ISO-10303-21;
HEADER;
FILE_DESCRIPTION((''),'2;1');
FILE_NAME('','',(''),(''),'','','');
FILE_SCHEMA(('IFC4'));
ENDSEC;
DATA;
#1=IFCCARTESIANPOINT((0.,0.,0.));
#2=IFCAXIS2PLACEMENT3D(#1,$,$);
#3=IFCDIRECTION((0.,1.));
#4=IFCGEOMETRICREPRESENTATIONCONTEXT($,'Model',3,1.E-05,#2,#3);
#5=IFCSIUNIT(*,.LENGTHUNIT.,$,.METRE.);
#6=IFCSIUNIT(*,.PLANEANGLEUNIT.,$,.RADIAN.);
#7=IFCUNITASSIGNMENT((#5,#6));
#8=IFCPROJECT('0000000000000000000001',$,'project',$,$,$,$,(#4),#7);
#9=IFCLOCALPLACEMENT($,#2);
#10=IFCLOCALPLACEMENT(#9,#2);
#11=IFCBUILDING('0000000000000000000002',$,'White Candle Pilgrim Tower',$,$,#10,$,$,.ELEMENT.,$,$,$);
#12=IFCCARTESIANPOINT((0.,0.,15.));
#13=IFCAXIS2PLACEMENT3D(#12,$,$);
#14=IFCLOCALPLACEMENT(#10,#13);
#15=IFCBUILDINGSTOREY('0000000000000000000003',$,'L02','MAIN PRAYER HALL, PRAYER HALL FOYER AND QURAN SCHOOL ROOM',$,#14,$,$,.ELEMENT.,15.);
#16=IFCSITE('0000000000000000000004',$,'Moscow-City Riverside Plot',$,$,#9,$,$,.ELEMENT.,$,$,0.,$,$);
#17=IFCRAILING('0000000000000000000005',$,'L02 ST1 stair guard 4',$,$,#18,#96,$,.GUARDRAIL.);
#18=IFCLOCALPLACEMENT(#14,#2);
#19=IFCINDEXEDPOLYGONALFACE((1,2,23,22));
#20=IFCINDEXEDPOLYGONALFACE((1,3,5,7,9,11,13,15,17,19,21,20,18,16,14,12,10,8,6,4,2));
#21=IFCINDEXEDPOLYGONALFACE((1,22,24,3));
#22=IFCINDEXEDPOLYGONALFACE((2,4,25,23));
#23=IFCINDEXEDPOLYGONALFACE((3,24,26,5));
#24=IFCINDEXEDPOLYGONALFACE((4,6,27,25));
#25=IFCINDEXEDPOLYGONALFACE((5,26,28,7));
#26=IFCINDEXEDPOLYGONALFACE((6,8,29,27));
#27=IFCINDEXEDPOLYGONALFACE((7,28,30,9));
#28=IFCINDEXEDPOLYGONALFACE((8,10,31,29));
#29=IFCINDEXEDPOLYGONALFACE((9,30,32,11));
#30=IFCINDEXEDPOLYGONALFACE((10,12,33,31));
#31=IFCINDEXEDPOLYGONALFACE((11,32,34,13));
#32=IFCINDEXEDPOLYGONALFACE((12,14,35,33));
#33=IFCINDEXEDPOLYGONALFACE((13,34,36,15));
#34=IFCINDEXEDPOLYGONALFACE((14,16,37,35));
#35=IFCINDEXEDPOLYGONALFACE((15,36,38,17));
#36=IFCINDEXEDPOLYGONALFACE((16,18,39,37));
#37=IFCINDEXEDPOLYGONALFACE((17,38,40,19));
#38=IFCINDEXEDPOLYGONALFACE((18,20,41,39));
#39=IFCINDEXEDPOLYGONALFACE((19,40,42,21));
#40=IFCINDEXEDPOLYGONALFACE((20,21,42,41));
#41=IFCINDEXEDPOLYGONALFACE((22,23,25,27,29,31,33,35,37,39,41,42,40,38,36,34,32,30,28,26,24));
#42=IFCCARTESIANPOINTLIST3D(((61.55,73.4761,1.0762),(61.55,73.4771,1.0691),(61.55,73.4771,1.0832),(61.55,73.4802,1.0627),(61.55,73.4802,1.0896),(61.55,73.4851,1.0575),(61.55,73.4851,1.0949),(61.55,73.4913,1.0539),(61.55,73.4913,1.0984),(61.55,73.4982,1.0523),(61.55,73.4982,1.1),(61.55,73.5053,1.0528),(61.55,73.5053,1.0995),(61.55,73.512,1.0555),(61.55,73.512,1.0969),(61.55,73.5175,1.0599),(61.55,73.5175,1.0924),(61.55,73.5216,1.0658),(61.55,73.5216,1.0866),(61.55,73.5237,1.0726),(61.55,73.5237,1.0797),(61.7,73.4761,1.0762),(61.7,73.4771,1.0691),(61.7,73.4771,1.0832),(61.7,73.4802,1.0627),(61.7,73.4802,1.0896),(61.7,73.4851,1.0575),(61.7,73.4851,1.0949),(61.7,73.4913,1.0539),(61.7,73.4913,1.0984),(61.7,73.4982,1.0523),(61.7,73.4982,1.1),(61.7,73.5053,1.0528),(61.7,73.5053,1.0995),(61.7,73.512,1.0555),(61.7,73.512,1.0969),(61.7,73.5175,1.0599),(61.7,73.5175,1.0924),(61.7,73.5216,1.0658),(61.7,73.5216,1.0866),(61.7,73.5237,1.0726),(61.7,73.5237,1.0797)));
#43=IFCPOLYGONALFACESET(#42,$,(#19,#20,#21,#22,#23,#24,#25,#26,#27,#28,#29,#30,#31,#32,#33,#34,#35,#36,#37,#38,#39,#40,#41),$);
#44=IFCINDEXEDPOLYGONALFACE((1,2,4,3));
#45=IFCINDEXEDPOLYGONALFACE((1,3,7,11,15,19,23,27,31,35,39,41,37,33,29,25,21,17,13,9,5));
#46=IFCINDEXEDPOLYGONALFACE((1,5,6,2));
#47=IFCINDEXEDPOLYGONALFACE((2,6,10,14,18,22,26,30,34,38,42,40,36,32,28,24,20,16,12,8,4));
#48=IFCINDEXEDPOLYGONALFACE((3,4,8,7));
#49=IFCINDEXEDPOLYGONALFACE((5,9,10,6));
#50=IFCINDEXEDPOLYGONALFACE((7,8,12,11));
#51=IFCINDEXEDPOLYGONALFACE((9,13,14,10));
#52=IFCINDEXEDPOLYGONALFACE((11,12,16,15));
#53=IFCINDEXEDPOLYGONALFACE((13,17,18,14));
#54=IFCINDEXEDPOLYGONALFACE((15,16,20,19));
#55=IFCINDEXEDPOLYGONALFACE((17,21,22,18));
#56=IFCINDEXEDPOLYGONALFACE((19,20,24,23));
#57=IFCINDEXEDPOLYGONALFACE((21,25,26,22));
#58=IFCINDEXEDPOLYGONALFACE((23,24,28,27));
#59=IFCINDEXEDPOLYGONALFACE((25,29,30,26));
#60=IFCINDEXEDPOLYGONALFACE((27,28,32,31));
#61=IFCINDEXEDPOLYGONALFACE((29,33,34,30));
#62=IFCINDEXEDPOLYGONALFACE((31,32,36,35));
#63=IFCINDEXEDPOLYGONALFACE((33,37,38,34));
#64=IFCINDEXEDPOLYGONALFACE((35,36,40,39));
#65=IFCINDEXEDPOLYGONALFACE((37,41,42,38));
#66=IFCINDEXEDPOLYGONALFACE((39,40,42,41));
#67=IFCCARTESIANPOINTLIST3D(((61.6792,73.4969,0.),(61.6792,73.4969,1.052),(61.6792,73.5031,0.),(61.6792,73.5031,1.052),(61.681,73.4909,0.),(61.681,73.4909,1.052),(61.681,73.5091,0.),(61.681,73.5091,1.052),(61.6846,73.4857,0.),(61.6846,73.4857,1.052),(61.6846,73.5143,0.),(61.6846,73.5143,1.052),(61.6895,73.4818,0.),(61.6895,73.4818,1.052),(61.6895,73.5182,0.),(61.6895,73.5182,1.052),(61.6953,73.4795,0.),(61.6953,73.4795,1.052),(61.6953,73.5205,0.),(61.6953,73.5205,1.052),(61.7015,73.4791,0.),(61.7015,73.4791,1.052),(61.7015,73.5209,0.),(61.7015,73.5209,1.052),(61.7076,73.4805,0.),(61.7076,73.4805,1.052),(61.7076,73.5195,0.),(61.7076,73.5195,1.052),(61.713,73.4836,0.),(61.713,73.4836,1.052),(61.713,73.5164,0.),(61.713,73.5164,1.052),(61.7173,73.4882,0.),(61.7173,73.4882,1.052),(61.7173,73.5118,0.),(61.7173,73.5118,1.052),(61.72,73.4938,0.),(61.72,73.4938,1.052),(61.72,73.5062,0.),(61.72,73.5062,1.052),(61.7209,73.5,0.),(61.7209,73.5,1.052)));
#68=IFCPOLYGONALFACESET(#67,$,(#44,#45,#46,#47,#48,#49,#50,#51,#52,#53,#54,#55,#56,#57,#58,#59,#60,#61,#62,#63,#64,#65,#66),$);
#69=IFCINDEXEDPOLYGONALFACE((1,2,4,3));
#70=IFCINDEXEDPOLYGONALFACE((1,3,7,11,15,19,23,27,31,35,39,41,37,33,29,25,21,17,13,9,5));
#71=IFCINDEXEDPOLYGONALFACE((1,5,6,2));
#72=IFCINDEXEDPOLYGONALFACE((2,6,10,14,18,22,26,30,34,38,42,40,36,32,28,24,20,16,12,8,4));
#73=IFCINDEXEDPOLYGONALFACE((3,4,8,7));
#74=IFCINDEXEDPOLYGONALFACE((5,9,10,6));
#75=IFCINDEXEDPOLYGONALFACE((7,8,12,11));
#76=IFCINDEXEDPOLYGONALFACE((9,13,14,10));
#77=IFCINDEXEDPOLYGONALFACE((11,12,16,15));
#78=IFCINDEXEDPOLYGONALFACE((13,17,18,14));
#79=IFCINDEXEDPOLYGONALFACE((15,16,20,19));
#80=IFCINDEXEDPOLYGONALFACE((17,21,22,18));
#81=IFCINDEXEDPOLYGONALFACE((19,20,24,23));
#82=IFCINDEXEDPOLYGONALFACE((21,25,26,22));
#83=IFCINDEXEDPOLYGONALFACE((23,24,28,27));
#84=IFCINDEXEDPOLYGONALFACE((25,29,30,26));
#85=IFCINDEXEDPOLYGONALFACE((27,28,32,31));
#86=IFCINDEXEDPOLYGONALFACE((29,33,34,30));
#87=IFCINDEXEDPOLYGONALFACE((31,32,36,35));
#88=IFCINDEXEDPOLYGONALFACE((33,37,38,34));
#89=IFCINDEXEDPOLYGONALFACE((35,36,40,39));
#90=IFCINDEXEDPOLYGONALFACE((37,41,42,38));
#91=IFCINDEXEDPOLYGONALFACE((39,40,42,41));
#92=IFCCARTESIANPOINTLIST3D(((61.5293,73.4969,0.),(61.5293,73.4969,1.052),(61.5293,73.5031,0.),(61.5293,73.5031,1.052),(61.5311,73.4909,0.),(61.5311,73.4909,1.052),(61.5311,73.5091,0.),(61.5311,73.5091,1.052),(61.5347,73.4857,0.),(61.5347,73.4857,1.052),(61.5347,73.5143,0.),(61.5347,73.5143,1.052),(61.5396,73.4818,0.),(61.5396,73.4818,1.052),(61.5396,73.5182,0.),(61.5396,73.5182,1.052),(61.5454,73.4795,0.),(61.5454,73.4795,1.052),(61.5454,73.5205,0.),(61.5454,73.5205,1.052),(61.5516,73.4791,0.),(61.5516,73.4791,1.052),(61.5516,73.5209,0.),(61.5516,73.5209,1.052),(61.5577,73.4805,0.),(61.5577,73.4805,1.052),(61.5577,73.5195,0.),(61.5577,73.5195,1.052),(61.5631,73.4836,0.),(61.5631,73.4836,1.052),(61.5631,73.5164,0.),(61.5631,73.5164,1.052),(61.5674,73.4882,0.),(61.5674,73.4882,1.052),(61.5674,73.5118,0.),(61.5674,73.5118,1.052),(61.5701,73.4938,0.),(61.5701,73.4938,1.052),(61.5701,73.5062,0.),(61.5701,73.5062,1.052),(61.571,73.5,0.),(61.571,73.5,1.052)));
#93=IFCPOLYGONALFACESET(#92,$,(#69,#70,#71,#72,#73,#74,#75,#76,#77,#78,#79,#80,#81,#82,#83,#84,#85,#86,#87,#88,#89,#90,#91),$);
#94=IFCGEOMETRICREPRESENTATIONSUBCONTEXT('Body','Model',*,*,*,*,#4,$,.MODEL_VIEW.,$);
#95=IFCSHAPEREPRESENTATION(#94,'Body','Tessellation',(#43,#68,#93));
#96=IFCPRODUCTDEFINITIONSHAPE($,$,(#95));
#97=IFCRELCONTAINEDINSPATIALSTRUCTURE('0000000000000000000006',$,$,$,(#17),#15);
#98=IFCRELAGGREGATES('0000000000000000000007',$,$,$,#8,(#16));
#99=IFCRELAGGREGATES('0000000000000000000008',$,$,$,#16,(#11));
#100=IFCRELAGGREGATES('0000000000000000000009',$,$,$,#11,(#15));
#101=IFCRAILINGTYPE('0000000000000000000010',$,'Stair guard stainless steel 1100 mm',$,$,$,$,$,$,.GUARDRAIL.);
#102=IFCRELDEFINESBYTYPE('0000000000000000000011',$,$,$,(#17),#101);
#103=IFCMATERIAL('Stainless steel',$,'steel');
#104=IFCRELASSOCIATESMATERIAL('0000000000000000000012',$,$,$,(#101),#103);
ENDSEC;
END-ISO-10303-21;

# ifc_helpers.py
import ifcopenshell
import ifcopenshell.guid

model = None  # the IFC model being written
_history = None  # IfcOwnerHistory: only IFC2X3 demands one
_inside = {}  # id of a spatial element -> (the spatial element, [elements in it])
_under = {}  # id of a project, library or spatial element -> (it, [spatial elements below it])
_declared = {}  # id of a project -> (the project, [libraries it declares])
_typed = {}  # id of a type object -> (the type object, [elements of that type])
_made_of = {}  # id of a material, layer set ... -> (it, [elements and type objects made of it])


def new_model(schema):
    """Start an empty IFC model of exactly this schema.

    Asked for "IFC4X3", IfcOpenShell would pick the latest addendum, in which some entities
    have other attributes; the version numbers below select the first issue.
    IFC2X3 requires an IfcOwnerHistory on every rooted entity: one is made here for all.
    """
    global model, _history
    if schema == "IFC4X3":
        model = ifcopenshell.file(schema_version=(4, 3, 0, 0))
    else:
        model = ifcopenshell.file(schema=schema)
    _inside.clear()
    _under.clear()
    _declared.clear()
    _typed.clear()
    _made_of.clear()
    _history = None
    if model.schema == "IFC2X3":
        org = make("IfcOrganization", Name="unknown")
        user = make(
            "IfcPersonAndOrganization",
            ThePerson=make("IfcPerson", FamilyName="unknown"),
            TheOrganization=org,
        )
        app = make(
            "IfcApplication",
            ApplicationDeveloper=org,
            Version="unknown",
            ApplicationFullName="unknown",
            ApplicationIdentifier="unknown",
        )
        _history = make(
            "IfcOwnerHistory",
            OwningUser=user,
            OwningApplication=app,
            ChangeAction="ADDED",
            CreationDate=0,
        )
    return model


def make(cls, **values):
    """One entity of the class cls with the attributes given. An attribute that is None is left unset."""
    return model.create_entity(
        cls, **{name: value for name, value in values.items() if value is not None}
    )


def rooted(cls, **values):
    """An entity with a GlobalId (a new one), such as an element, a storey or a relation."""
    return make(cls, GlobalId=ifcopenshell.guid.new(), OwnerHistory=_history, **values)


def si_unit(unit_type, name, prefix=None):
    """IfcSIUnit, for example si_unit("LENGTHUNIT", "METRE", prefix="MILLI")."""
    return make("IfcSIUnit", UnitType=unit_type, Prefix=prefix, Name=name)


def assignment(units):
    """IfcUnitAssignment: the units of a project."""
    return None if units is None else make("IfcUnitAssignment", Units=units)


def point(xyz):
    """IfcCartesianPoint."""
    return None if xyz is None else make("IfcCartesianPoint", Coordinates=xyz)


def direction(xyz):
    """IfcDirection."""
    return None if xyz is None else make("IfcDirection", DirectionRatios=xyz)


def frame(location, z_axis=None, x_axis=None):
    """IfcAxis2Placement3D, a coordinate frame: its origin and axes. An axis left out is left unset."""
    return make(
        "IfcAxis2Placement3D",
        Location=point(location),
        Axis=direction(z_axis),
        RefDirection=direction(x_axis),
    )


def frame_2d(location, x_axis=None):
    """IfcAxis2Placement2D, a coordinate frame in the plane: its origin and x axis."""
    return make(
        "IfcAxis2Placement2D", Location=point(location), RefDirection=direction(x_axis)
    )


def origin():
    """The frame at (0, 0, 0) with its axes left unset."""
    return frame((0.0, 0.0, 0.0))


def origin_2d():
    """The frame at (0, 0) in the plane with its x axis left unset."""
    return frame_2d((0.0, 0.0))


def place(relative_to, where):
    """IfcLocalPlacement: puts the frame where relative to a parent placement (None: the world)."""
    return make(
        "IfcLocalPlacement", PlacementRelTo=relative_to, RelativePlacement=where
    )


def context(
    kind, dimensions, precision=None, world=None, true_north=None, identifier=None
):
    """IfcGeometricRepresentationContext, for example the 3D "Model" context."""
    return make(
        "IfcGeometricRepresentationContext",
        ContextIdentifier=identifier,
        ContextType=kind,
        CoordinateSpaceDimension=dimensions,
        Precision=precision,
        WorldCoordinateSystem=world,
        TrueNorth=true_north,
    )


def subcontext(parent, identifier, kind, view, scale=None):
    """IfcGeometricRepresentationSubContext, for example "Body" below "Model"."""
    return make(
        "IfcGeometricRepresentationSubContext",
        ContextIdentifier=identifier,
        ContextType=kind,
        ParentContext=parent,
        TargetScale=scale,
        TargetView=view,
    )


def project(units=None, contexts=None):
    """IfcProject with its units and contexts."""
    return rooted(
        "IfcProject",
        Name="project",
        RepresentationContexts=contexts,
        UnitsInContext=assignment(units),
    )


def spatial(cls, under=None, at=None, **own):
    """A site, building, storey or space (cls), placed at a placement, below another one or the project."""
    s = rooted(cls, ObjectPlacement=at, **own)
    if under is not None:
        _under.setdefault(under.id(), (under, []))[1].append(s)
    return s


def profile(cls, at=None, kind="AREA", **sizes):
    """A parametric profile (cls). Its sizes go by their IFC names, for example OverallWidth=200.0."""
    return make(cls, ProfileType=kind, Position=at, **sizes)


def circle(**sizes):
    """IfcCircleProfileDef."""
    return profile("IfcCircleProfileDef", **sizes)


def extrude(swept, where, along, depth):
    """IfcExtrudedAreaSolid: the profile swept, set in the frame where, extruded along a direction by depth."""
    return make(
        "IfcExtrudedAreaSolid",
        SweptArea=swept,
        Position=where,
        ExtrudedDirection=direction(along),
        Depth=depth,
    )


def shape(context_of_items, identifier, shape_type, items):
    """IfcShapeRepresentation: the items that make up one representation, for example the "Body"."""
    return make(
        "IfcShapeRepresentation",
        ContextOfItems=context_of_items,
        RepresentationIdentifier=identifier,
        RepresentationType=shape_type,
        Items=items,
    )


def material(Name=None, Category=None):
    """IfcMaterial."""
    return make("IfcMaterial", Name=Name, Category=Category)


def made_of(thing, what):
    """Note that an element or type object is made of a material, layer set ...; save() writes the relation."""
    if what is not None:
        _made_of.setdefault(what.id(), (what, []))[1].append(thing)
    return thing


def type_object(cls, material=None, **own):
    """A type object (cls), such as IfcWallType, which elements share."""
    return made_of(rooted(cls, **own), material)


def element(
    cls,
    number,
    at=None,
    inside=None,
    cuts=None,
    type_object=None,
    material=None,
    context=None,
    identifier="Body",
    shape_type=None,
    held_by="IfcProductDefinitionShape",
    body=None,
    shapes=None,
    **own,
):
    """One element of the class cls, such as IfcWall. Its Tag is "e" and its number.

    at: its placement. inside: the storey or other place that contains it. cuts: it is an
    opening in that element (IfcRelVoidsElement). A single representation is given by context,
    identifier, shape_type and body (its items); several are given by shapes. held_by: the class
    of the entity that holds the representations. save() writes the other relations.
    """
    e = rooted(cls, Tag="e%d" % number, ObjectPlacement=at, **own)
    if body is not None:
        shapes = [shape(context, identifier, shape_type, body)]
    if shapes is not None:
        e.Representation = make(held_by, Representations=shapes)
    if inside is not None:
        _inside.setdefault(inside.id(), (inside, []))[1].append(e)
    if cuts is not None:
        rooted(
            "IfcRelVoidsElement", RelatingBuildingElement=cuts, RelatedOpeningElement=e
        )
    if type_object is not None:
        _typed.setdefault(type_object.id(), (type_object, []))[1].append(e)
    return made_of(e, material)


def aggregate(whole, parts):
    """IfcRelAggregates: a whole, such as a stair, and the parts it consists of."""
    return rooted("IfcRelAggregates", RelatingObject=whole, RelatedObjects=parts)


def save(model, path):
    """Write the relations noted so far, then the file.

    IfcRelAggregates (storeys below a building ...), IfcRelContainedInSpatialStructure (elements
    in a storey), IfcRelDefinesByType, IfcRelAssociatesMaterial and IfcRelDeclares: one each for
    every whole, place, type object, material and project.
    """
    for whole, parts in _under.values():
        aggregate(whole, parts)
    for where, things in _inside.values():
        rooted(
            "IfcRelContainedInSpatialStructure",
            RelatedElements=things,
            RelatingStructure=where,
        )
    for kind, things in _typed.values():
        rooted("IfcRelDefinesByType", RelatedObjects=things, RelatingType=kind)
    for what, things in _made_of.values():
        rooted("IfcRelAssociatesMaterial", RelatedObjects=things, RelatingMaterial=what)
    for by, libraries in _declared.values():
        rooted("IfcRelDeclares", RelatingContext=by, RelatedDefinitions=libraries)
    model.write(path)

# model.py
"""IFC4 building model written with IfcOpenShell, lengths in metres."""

from ifc_helpers import new_model, si_unit, direction, frame, origin, origin_2d, place, context, subcontext, project, spatial, circle, extrude, material, type_object, element, save


model = new_model("IFC4")

# Units and contexts
model_context = context("Model", 3, precision=1e-05, world=origin(), true_north=direction((0.0, 1.0)))
body_context = subcontext(model_context, "Body", "Model", "MODEL_VIEW")
ifc_project = project(units=[si_unit("LENGTHUNIT", "METRE"), si_unit("PLANEANGLEUNIT", "RADIAN")], contexts=[model_context])

# Site, building, storey
site_placement = place(None, origin())
site = spatial("IfcSite", under=ifc_project, at=site_placement, Name="Moscow-City Riverside Plot", CompositionType="ELEMENT", RefElevation=0.0)
building_placement = place(site_placement, origin())
building = spatial("IfcBuilding", under=site, at=building_placement, Name="White Candle Pilgrim Tower", CompositionType="ELEMENT")
storey_placement = place(building_placement, frame((0.0, 0.0, 15.0)))
storey = spatial("IfcBuildingStorey", under=building, at=storey_placement, Name="L02", Description="MAIN PRAYER HALL, PRAYER HALL FOYER AND QURAN SCHOOL ROOM", CompositionType="ELEMENT", Elevation=15.0)

# Railing
ifc_material_1 = material(Name="Stainless steel", Category="steel")
railing_type_1 = type_object("IfcRailingType", Name="Stair guard stainless steel 1100 mm", PredefinedType="GUARDRAIL", material=ifc_material_1)
railing_1_placement = place(storey_placement, frame((61.7, 73.5, 0.0)))
element("IfcRailing", 1, at=railing_1_placement, inside=storey, type_object=railing_type_1, Name="L02 ST1 stair guard 4", PredefinedType="GUARDRAIL", context=body_context, shape_type="SweptSolid", body=[
    extrude(circle(Radius=0.0239, at=origin_2d()), frame((0.0, 0.0, 1.0762), z_axis=(-1.0, 0.0, 0.0), x_axis=(0.0, -1.0, 0.0)), (0.0, 0.0, 1.0), 0.1499),
    extrude(circle(Radius=0.021, at=origin_2d()), origin(), (0.0, 0.0, 1.0), 1.052),
    extrude(circle(Radius=0.021, at=origin_2d()), frame((-0.1499, 0.0, 0.0)), (0.0, 0.0, 1.0), 1.052),
])

save(model, "model.ifc")
